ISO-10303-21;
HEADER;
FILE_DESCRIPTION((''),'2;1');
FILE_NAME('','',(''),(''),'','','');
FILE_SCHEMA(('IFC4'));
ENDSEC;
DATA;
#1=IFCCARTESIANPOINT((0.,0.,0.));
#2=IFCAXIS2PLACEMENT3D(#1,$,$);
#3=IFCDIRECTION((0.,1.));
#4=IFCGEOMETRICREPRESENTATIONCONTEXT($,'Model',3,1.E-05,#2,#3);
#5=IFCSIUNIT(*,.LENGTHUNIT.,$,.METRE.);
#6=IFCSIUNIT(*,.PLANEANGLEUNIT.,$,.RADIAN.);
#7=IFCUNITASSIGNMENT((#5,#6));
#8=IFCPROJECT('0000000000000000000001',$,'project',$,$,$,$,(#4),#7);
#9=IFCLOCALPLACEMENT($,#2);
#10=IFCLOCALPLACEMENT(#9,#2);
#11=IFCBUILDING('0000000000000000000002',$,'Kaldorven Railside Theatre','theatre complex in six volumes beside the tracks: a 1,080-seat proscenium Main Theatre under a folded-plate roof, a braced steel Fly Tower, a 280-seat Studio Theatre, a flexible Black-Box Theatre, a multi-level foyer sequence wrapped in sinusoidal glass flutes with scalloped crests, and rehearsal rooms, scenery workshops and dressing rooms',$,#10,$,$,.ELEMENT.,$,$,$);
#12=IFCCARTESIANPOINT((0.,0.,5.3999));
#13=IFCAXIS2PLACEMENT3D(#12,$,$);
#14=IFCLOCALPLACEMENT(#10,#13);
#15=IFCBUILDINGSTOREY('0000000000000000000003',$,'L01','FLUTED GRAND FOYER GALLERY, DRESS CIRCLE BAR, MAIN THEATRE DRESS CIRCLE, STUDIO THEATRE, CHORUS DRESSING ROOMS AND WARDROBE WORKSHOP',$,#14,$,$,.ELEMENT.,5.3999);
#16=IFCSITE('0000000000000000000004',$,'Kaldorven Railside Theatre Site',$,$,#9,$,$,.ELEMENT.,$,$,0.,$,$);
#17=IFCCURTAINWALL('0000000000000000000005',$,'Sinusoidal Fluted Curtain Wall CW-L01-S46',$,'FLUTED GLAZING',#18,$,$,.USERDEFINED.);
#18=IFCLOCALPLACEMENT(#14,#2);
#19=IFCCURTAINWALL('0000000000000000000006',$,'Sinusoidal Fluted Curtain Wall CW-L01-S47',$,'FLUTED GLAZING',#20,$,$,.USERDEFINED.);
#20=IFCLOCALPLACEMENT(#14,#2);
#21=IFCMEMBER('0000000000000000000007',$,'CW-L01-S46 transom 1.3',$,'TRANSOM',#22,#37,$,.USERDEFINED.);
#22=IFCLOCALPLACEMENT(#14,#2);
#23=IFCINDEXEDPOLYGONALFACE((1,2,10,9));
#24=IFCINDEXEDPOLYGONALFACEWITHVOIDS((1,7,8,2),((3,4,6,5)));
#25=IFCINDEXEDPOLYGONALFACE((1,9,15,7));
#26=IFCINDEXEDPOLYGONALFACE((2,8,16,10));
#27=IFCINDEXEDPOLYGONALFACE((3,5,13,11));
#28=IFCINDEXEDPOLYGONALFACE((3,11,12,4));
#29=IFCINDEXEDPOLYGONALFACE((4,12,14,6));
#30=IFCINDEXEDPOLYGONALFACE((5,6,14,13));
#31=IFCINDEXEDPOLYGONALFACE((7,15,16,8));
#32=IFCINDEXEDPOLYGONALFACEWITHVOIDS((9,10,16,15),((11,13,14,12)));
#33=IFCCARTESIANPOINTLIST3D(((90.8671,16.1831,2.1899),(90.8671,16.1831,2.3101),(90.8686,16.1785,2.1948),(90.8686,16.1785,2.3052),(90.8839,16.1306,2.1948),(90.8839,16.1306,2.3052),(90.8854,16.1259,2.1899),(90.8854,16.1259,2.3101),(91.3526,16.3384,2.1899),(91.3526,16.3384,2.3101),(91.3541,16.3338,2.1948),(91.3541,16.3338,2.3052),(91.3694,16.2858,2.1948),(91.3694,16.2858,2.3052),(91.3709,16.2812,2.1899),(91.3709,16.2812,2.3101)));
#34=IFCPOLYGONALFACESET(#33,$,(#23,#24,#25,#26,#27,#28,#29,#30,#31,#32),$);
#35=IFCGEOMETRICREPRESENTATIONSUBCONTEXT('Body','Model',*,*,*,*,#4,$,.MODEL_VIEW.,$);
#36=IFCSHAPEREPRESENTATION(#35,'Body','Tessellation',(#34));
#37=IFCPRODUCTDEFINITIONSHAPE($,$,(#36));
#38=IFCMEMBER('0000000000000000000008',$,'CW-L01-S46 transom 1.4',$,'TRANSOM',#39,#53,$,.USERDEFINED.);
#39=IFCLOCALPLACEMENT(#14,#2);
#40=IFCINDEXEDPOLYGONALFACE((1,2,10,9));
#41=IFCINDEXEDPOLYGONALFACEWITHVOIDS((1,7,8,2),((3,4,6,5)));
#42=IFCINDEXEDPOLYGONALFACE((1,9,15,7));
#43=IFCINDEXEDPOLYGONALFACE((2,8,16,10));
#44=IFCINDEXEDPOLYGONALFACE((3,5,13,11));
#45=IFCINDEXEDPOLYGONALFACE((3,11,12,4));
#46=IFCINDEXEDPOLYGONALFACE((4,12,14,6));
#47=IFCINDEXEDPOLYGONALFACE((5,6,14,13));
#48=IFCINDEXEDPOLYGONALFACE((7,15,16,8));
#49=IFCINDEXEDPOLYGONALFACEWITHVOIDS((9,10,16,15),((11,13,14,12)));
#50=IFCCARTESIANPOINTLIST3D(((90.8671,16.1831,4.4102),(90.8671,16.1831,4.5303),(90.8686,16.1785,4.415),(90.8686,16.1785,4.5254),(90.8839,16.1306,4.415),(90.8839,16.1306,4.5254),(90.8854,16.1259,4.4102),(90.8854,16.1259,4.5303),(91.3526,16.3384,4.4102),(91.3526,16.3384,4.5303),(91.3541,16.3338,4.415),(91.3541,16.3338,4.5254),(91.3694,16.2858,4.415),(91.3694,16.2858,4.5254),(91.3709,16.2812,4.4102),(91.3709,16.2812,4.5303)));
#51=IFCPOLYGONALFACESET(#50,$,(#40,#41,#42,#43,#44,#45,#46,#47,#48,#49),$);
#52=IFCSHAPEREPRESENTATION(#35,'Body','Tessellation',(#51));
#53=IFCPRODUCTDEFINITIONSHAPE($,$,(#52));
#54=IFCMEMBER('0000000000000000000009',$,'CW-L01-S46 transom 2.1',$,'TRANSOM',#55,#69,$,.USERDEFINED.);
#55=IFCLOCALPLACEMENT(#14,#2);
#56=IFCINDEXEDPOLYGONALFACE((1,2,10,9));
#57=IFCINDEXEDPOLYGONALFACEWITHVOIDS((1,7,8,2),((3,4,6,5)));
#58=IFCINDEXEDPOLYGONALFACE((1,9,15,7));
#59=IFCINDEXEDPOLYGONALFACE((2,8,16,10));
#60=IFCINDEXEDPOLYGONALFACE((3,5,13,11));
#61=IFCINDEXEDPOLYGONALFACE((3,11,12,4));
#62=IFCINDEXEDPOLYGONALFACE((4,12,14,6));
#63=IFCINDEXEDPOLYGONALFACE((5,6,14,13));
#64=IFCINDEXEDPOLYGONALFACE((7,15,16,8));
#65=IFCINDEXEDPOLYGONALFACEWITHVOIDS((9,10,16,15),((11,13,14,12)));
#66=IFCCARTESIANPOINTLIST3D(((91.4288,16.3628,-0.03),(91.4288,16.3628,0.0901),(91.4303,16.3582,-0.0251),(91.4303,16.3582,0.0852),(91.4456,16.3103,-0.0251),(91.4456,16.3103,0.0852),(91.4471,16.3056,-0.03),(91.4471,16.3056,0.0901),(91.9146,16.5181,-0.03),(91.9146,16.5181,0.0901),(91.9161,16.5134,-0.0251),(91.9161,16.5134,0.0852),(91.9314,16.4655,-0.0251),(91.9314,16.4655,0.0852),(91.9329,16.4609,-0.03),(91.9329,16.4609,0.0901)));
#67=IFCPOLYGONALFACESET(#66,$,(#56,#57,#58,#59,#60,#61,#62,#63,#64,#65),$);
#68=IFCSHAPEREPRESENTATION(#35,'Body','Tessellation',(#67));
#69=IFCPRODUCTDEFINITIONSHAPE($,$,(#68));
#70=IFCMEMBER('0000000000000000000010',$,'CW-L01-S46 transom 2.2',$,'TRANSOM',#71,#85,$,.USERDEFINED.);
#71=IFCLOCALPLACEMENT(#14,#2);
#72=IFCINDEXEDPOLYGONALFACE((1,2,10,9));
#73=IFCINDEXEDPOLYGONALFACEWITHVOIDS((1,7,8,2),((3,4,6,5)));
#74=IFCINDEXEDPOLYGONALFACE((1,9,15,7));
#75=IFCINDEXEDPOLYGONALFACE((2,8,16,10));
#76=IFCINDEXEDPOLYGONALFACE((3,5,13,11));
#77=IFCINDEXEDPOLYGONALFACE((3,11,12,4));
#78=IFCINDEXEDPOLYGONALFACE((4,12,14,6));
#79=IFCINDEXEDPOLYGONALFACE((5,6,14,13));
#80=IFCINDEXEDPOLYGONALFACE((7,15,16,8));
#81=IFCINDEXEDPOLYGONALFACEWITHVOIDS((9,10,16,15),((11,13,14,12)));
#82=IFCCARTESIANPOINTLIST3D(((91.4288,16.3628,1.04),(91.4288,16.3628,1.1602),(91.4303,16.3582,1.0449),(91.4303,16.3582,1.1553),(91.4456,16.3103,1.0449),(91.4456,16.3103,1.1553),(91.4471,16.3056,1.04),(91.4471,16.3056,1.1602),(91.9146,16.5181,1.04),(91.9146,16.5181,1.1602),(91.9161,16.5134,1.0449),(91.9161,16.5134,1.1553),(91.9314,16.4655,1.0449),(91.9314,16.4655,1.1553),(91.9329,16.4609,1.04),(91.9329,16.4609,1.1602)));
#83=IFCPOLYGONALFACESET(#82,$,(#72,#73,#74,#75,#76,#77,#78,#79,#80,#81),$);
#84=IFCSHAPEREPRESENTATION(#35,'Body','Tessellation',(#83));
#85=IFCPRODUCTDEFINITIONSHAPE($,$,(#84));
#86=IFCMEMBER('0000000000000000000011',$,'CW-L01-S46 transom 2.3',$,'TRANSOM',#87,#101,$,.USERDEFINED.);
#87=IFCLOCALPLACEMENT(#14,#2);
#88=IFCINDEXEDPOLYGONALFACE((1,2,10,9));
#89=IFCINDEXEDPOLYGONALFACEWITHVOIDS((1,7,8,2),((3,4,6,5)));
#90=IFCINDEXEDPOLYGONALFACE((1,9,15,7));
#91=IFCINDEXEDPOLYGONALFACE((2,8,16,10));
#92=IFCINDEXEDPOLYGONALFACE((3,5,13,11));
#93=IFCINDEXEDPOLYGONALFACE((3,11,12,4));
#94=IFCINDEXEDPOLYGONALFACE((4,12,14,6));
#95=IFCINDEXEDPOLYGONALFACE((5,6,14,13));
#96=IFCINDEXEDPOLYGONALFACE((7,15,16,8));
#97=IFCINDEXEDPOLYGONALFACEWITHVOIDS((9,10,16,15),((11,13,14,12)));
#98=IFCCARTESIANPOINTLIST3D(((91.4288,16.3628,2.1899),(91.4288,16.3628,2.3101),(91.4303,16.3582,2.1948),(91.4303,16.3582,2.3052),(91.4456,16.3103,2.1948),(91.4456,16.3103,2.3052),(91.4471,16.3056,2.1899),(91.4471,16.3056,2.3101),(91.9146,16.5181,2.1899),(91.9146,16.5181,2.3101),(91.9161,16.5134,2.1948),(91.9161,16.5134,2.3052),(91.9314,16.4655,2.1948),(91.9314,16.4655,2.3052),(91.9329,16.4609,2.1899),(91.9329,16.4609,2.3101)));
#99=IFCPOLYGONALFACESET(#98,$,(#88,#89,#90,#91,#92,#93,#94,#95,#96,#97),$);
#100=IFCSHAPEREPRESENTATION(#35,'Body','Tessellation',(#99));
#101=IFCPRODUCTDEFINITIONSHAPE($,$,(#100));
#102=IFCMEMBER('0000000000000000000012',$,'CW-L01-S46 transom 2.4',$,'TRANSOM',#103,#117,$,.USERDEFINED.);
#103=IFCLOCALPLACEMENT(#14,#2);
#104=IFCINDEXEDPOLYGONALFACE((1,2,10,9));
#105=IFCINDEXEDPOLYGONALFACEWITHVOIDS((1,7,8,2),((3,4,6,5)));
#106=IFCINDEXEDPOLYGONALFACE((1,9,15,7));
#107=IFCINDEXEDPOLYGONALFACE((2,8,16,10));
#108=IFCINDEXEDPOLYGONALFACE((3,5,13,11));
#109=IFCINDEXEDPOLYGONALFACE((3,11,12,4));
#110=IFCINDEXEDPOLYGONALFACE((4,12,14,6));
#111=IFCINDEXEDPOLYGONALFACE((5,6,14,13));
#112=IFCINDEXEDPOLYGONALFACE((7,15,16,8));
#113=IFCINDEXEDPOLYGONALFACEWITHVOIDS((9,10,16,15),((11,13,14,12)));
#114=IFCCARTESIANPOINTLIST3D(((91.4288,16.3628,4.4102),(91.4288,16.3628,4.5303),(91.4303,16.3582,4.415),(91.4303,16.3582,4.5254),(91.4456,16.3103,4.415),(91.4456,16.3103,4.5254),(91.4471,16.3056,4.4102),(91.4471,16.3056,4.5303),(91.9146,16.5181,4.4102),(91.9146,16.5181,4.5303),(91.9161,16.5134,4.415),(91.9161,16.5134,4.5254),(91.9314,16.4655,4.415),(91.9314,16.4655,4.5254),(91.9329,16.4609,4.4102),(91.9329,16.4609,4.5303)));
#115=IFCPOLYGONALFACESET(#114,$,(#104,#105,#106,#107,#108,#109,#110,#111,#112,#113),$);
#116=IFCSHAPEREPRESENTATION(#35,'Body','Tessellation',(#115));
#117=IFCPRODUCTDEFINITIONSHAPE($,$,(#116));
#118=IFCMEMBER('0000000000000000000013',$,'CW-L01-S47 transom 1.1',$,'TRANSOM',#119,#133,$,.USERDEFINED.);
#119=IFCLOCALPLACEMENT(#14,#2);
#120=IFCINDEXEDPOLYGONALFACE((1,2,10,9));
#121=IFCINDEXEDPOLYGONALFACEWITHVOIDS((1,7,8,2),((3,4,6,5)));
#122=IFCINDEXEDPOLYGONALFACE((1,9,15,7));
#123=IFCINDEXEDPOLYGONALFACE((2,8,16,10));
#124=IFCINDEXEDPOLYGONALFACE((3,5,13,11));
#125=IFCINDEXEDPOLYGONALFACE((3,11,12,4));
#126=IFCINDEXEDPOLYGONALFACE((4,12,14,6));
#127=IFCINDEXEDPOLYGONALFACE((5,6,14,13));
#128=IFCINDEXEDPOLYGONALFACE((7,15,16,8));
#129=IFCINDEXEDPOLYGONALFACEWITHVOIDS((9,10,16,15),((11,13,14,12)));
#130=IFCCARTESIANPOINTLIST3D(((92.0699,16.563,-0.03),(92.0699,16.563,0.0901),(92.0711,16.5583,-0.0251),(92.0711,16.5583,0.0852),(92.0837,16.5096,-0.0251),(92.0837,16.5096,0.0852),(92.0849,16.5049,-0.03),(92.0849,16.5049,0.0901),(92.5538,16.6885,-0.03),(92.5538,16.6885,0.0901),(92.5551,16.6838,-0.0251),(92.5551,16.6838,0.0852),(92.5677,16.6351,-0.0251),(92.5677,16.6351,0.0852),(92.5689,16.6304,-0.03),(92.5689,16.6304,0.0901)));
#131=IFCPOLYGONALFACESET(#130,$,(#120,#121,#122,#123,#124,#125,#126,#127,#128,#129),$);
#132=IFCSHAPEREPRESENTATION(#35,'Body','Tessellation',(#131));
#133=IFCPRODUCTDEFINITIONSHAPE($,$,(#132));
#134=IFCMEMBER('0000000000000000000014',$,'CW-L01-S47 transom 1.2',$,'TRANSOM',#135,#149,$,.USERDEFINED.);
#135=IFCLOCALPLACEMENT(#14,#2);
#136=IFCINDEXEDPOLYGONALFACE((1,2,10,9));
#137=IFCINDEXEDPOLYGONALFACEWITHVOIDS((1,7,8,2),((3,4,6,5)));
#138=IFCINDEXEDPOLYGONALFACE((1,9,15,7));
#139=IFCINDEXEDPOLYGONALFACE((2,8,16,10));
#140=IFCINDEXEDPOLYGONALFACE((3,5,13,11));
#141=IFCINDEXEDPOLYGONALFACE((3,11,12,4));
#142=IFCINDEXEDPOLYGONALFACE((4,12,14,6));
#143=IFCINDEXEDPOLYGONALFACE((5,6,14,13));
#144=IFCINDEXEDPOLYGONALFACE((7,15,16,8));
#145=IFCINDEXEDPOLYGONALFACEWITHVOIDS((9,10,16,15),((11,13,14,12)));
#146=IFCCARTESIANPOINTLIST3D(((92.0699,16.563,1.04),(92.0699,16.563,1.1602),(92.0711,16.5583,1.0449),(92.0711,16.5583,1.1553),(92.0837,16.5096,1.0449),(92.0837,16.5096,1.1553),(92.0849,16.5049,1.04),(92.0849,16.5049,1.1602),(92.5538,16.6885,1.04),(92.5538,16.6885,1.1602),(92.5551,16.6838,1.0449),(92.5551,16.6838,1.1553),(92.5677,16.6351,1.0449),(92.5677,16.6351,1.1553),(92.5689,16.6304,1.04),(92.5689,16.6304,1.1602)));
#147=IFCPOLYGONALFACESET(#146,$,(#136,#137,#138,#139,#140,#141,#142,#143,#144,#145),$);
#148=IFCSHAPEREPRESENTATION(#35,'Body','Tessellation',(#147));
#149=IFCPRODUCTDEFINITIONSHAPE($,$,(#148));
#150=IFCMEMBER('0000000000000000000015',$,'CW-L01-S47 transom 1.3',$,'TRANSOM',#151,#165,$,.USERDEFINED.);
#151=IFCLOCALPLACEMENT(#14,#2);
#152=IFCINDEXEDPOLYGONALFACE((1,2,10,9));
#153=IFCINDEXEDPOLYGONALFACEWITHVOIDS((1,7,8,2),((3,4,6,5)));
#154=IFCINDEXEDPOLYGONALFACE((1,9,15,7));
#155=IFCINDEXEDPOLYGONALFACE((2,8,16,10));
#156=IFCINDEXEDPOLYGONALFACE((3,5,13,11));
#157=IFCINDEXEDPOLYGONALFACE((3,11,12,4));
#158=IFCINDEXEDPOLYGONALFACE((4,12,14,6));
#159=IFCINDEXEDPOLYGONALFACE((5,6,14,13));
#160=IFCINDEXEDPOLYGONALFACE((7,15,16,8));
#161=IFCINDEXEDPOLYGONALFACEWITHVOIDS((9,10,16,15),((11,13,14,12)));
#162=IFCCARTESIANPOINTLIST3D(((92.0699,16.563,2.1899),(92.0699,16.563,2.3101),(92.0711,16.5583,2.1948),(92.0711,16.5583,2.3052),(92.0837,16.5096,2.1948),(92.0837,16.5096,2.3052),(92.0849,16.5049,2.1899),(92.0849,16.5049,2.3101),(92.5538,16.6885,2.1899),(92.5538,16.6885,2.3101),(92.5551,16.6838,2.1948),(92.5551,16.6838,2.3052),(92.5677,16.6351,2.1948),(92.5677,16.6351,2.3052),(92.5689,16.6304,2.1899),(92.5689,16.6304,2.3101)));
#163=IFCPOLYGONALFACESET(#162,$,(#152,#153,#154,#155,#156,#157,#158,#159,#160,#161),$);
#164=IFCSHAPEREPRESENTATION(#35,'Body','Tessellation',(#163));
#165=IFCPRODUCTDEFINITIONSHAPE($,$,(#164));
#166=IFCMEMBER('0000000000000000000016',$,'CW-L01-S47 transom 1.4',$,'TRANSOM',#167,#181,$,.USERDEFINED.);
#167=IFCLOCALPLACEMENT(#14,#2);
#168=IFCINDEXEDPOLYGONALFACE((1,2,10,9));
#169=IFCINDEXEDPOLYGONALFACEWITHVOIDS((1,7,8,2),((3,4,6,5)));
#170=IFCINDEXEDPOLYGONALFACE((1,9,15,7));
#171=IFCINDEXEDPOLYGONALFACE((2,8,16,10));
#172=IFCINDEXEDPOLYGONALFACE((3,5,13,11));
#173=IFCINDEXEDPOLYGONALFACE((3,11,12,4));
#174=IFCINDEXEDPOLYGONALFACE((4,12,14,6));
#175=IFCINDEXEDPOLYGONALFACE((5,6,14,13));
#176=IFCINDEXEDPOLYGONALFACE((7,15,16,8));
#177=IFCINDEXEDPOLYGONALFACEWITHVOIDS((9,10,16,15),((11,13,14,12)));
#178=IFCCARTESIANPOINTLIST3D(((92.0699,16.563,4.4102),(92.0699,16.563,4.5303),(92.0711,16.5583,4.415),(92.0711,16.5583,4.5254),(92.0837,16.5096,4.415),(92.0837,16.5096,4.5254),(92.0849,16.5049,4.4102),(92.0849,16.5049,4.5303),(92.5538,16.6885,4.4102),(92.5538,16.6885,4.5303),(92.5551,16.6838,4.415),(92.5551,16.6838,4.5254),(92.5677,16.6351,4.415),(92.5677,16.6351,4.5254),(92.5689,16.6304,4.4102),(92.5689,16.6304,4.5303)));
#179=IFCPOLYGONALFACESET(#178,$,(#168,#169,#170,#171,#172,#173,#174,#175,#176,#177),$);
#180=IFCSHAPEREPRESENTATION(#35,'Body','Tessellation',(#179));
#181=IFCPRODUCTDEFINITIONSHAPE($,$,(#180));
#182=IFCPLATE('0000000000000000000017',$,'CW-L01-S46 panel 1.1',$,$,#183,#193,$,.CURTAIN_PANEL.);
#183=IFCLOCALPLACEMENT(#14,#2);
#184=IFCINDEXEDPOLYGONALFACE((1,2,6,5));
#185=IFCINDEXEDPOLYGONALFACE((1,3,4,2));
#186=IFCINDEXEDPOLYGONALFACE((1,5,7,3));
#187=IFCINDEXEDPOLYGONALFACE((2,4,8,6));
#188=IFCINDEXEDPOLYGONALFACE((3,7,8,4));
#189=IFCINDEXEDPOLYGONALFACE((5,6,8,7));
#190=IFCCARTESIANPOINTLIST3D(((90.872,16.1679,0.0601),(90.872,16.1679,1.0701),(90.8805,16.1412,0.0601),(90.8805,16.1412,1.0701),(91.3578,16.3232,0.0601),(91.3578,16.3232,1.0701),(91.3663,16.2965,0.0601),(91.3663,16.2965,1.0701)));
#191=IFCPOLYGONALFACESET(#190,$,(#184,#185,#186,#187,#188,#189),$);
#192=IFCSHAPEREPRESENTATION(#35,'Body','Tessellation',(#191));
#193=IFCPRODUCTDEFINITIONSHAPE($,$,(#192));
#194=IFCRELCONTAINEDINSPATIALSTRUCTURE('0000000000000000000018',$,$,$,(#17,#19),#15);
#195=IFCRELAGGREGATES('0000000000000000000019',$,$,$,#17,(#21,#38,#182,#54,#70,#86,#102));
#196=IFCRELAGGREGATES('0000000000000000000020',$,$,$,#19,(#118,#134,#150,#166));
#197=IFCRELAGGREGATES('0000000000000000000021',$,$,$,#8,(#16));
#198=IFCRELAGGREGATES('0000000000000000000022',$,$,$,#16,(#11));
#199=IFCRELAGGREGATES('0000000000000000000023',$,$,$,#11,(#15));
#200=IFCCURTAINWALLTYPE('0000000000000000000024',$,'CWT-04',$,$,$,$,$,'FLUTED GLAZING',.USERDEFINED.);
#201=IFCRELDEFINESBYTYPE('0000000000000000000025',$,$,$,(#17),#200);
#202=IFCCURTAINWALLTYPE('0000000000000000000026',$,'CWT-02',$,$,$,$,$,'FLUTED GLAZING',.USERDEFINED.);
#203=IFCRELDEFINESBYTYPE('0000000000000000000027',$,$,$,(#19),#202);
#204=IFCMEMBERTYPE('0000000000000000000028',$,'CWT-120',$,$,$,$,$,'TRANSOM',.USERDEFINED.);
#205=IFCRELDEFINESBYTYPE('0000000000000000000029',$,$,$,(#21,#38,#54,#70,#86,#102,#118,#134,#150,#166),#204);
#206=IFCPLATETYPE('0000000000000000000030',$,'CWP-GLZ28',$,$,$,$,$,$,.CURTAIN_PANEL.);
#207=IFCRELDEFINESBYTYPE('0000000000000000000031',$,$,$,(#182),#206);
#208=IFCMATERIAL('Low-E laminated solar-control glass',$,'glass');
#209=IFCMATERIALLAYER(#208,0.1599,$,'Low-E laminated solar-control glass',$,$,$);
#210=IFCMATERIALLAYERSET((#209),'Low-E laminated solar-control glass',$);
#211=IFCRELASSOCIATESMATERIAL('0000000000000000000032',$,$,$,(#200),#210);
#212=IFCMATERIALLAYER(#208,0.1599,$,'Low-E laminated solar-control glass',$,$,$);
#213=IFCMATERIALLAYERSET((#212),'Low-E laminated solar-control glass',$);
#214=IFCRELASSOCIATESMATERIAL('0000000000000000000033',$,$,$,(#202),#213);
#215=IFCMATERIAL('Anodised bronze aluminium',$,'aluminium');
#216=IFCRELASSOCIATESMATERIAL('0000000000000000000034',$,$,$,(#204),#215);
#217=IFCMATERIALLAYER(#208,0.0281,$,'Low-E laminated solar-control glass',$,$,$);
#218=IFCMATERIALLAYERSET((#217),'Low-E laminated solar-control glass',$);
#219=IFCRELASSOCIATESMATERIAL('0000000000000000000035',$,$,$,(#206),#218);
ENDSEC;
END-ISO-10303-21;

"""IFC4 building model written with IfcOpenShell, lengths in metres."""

from ifc_helpers import new_model, si_unit, direction, frame, origin, origin_2d, place, context, subcontext, project, spatial, rectangle, hollow_rectangle, extrude, material, layer, layer_set, material_profile, profile_set, type_object, element, aggregate, save


model = new_model("IFC4")

# Units and contexts
model_context = context("Model", 3, precision=1e-05, world=origin(), true_north=direction((0.0, 1.0)))
body_context = subcontext(model_context, "Body", "Model", "MODEL_VIEW")
ifc_project = project(units=[si_unit("LENGTHUNIT", "METRE"), si_unit("PLANEANGLEUNIT", "RADIAN")], contexts=[model_context])

# Site, building, storey
site_placement = place(None, origin())
site = spatial("IfcSite", under=ifc_project, at=site_placement, Name="Kaldorven Railside Theatre Site", CompositionType="ELEMENT", RefElevation=0.0)
building_placement = place(site_placement, origin())
building = spatial("IfcBuilding", under=site, at=building_placement, Name="Kaldorven Railside Theatre", Description="theatre complex in six volumes beside the tracks: a 1,080-seat proscenium Main Theatre under a folded-plate roof, a braced steel Fly Tower, a 280-seat Studio Theatre, a flexible Black-Box Theatre, a multi-level foyer sequence wrapped in sinusoidal glass flutes with scalloped crests, and rehearsal rooms, scenery workshops and dressing rooms", CompositionType="ELEMENT")
storey_placement = place(building_placement, frame((0.0, 0.0, 5.3999)))
storey = spatial("IfcBuildingStorey", under=building, at=storey_placement, Name="L01", Description="FLUTED GRAND FOYER GALLERY, DRESS CIRCLE BAR, MAIN THEATRE DRESS CIRCLE, STUDIO THEATRE, CHORUS DRESSING ROOMS AND WARDROBE WORKSHOP", CompositionType="ELEMENT", Elevation=5.3999)

# Curtain wall
ifc_material_1 = material(Name="Low-E laminated solar-control glass", Category="glass")
ifc_layer_1 = layer(ifc_material_1, 0.1599, Name="Low-E laminated solar-control glass")
ifc_layer_set_1 = layer_set([ifc_layer_1], Name="Low-E laminated solar-control glass")
curtain_wall_type_1 = type_object("IfcCurtainWallType", Name="CWT-04", ElementType="FLUTED GLAZING", PredefinedType="USERDEFINED", material=ifc_layer_set_1)
curtain_wall_1_placement = place(storey_placement, origin())
curtain_wall_1 = element("IfcCurtainWall", 1, at=curtain_wall_1_placement, inside=storey, type_object=curtain_wall_type_1, Name="Sinusoidal Fluted Curtain Wall CW-L01-S46", ObjectType="FLUTED GLAZING", PredefinedType="USERDEFINED")
ifc_material_2 = material(Name="Anodised bronze aluminium", Category="aluminium")

# Curtain wall
ifc_layer_2 = layer(ifc_material_1, 0.1599, Name="Low-E laminated solar-control glass")
ifc_layer_set_2 = layer_set([ifc_layer_2], Name="Low-E laminated solar-control glass")
curtain_wall_type_2 = type_object("IfcCurtainWallType", Name="CWT-02", ElementType="FLUTED GLAZING", PredefinedType="USERDEFINED", material=ifc_layer_set_2)
curtain_wall_2_placement = place(storey_placement, origin())
curtain_wall_2 = element("IfcCurtainWall", 2, at=curtain_wall_2_placement, inside=storey, type_object=curtain_wall_type_2, Name="Sinusoidal Fluted Curtain Wall CW-L01-S47", ObjectType="FLUTED GLAZING", PredefinedType="USERDEFINED")

# Members
ifc_material_profile_1 = material_profile(ifc_material_2, hollow_rectangle(XDim=0.0601, YDim=0.1201, WallThickness=0.0049, at=origin_2d()), Name="RHS 120x60x5")
ifc_profile_set_1 = profile_set([ifc_material_profile_1], Name="Anodised bronze aluminium")
member_type_1 = type_object("IfcMemberType", Name="CWT-120", ElementType="TRANSOM", PredefinedType="USERDEFINED", material=ifc_profile_set_1)
member_1_placement = place(storey_placement, frame((90.8762, 16.1545, 2.25), z_axis=(0.952491, 0.304567, 0.0), x_axis=(-0.304567, 0.952491, 0.0)))
member_1 = element("IfcMember", 3, at=member_1_placement, type_object=member_type_1, Name="CW-L01-S46 transom 1.3", ObjectType="TRANSOM", PredefinedType="USERDEFINED", context=body_context, shape_type="SweptSolid", body=[
    extrude(hollow_rectangle(XDim=0.0601, YDim=0.1201, WallThickness=0.0049, at=origin_2d()), origin(), (0.0, 0.0, 1.0), 0.5098),
])
member_2_placement = place(storey_placement, frame((90.8762, 16.1545, 4.4702), z_axis=(0.952491, 0.304567, 0.0), x_axis=(-0.304567, 0.952491, 0.0)))
member_2 = element("IfcMember", 4, at=member_2_placement, type_object=member_type_1, Name="CW-L01-S46 transom 1.4", ObjectType="TRANSOM", PredefinedType="USERDEFINED", context=body_context, shape_type="SweptSolid", body=[
    extrude(hollow_rectangle(XDim=0.0601, YDim=0.1201, WallThickness=0.0049, at=origin_2d()), origin(), (0.0, 0.0, 1.0), 0.5098),
])
member_3_placement = place(storey_placement, frame((91.438, 16.3342, 0.03), z_axis=(0.952535, 0.304428, 0.0), x_axis=(-0.304428, 0.952535, 0.0)))
member_3 = element("IfcMember", 5, at=member_3_placement, type_object=member_type_1, Name="CW-L01-S46 transom 2.1", ObjectType="TRANSOM", PredefinedType="USERDEFINED", context=body_context, shape_type="SweptSolid", body=[
    extrude(hollow_rectangle(XDim=0.0601, YDim=0.1201, WallThickness=0.0049, at=origin_2d()), origin(), (0.0, 0.0, 1.0), 0.51),
])
member_4_placement = place(storey_placement, frame((91.438, 16.3342, 1.1001), z_axis=(0.952535, 0.304428, 0.0), x_axis=(-0.304428, 0.952535, 0.0)))
member_4 = element("IfcMember", 6, at=member_4_placement, type_object=member_type_1, Name="CW-L01-S46 transom 2.2", ObjectType="TRANSOM", PredefinedType="USERDEFINED", context=body_context, shape_type="SweptSolid", body=[
    extrude(hollow_rectangle(XDim=0.0601, YDim=0.1201, WallThickness=0.0049, at=origin_2d()), origin(), (0.0, 0.0, 1.0), 0.51),
])
member_5_placement = place(storey_placement, frame((91.438, 16.3342, 2.25), z_axis=(0.952535, 0.304428, 0.0), x_axis=(-0.304428, 0.952535, 0.0)))
member_5 = element("IfcMember", 7, at=member_5_placement, type_object=member_type_1, Name="CW-L01-S46 transom 2.3", ObjectType="TRANSOM", PredefinedType="USERDEFINED", context=body_context, shape_type="SweptSolid", body=[
    extrude(hollow_rectangle(XDim=0.0601, YDim=0.1201, WallThickness=0.0049, at=origin_2d()), origin(), (0.0, 0.0, 1.0), 0.51),
])
member_6_placement = place(storey_placement, frame((91.438, 16.3342, 4.4702), z_axis=(0.952535, 0.304428, 0.0), x_axis=(-0.304428, 0.952535, 0.0)))
member_6 = element("IfcMember", 8, at=member_6_placement, type_object=member_type_1, Name="CW-L01-S46 transom 2.4", ObjectType="TRANSOM", PredefinedType="USERDEFINED", context=body_context, shape_type="SweptSolid", body=[
    extrude(hollow_rectangle(XDim=0.0601, YDim=0.1201, WallThickness=0.0049, at=origin_2d()), origin(), (0.0, 0.0, 1.0), 0.51),
])
member_7_placement = place(storey_placement, frame((92.0774, 16.5339, 0.03), z_axis=(0.967979, 0.25103, 0.0), x_axis=(-0.25103, 0.967979, 0.0)))
member_7 = element("IfcMember", 9, at=member_7_placement, type_object=member_type_1, Name="CW-L01-S47 transom 1.1", ObjectType="TRANSOM", PredefinedType="USERDEFINED", context=body_context, shape_type="SweptSolid", body=[
    extrude(hollow_rectangle(XDim=0.0601, YDim=0.1201, WallThickness=0.0049, at=origin_2d()), origin(), (0.0, 0.0, 1.0), 0.5),
])
member_8_placement = place(storey_placement, frame((92.0774, 16.5339, 1.1001), z_axis=(0.967979, 0.25103, 0.0), x_axis=(-0.25103, 0.967979, 0.0)))
member_8 = element("IfcMember", 10, at=member_8_placement, type_object=member_type_1, Name="CW-L01-S47 transom 1.2", ObjectType="TRANSOM", PredefinedType="USERDEFINED", context=body_context, shape_type="SweptSolid", body=[
    extrude(hollow_rectangle(XDim=0.0601, YDim=0.1201, WallThickness=0.0049, at=origin_2d()), origin(), (0.0, 0.0, 1.0), 0.5),
])
member_9_placement = place(storey_placement, frame((92.0774, 16.5339, 2.25), z_axis=(0.967979, 0.25103, 0.0), x_axis=(-0.25103, 0.967979, 0.0)))
member_9 = element("IfcMember", 11, at=member_9_placement, type_object=member_type_1, Name="CW-L01-S47 transom 1.3", ObjectType="TRANSOM", PredefinedType="USERDEFINED", context=body_context, shape_type="SweptSolid", body=[
    extrude(hollow_rectangle(XDim=0.0601, YDim=0.1201, WallThickness=0.0049, at=origin_2d()), origin(), (0.0, 0.0, 1.0), 0.5),
])
member_10_placement = place(storey_placement, frame((92.0774, 16.5339, 4.4702), z_axis=(0.967979, 0.25103, 0.0), x_axis=(-0.25103, 0.967979, 0.0)))
member_10 = element("IfcMember", 12, at=member_10_placement, type_object=member_type_1, Name="CW-L01-S47 transom 1.4", ObjectType="TRANSOM", PredefinedType="USERDEFINED", context=body_context, shape_type="SweptSolid", body=[
    extrude(hollow_rectangle(XDim=0.0601, YDim=0.1201, WallThickness=0.0049, at=origin_2d()), origin(), (0.0, 0.0, 1.0), 0.5),
])

# Plate
ifc_layer_3 = layer(ifc_material_1, 0.0281, Name="Low-E laminated solar-control glass")
ifc_layer_set_3 = layer_set([ifc_layer_3], Name="Low-E laminated solar-control glass")
plate_type = type_object("IfcPlateType", Name="CWP-GLZ28", PredefinedType="CURTAIN_PANEL", material=ifc_layer_set_3)
plate_1_placement = place(storey_placement, frame((91.1191, 16.2322, 0.0601), z_axis=(0.0, 0.0, 1.0), x_axis=(0.952516, 0.304488, 0.0)))
plate_1 = element("IfcPlate", 13, at=plate_1_placement, type_object=plate_type, Name="CW-L01-S46 panel 1.1", PredefinedType="CURTAIN_PANEL", context=body_context, shape_type="SweptSolid", body=[
    extrude(rectangle(XDim=0.51, YDim=0.0281, at=origin_2d()), origin(), (0.0, 0.0, 1.0), 1.01),
])
aggregate(curtain_wall_1, [member_1, member_2, plate_1, member_3, member_4, member_5, member_6])
aggregate(curtain_wall_2, [member_7, member_8, member_9, member_10])

save(model, "model.ifc")
